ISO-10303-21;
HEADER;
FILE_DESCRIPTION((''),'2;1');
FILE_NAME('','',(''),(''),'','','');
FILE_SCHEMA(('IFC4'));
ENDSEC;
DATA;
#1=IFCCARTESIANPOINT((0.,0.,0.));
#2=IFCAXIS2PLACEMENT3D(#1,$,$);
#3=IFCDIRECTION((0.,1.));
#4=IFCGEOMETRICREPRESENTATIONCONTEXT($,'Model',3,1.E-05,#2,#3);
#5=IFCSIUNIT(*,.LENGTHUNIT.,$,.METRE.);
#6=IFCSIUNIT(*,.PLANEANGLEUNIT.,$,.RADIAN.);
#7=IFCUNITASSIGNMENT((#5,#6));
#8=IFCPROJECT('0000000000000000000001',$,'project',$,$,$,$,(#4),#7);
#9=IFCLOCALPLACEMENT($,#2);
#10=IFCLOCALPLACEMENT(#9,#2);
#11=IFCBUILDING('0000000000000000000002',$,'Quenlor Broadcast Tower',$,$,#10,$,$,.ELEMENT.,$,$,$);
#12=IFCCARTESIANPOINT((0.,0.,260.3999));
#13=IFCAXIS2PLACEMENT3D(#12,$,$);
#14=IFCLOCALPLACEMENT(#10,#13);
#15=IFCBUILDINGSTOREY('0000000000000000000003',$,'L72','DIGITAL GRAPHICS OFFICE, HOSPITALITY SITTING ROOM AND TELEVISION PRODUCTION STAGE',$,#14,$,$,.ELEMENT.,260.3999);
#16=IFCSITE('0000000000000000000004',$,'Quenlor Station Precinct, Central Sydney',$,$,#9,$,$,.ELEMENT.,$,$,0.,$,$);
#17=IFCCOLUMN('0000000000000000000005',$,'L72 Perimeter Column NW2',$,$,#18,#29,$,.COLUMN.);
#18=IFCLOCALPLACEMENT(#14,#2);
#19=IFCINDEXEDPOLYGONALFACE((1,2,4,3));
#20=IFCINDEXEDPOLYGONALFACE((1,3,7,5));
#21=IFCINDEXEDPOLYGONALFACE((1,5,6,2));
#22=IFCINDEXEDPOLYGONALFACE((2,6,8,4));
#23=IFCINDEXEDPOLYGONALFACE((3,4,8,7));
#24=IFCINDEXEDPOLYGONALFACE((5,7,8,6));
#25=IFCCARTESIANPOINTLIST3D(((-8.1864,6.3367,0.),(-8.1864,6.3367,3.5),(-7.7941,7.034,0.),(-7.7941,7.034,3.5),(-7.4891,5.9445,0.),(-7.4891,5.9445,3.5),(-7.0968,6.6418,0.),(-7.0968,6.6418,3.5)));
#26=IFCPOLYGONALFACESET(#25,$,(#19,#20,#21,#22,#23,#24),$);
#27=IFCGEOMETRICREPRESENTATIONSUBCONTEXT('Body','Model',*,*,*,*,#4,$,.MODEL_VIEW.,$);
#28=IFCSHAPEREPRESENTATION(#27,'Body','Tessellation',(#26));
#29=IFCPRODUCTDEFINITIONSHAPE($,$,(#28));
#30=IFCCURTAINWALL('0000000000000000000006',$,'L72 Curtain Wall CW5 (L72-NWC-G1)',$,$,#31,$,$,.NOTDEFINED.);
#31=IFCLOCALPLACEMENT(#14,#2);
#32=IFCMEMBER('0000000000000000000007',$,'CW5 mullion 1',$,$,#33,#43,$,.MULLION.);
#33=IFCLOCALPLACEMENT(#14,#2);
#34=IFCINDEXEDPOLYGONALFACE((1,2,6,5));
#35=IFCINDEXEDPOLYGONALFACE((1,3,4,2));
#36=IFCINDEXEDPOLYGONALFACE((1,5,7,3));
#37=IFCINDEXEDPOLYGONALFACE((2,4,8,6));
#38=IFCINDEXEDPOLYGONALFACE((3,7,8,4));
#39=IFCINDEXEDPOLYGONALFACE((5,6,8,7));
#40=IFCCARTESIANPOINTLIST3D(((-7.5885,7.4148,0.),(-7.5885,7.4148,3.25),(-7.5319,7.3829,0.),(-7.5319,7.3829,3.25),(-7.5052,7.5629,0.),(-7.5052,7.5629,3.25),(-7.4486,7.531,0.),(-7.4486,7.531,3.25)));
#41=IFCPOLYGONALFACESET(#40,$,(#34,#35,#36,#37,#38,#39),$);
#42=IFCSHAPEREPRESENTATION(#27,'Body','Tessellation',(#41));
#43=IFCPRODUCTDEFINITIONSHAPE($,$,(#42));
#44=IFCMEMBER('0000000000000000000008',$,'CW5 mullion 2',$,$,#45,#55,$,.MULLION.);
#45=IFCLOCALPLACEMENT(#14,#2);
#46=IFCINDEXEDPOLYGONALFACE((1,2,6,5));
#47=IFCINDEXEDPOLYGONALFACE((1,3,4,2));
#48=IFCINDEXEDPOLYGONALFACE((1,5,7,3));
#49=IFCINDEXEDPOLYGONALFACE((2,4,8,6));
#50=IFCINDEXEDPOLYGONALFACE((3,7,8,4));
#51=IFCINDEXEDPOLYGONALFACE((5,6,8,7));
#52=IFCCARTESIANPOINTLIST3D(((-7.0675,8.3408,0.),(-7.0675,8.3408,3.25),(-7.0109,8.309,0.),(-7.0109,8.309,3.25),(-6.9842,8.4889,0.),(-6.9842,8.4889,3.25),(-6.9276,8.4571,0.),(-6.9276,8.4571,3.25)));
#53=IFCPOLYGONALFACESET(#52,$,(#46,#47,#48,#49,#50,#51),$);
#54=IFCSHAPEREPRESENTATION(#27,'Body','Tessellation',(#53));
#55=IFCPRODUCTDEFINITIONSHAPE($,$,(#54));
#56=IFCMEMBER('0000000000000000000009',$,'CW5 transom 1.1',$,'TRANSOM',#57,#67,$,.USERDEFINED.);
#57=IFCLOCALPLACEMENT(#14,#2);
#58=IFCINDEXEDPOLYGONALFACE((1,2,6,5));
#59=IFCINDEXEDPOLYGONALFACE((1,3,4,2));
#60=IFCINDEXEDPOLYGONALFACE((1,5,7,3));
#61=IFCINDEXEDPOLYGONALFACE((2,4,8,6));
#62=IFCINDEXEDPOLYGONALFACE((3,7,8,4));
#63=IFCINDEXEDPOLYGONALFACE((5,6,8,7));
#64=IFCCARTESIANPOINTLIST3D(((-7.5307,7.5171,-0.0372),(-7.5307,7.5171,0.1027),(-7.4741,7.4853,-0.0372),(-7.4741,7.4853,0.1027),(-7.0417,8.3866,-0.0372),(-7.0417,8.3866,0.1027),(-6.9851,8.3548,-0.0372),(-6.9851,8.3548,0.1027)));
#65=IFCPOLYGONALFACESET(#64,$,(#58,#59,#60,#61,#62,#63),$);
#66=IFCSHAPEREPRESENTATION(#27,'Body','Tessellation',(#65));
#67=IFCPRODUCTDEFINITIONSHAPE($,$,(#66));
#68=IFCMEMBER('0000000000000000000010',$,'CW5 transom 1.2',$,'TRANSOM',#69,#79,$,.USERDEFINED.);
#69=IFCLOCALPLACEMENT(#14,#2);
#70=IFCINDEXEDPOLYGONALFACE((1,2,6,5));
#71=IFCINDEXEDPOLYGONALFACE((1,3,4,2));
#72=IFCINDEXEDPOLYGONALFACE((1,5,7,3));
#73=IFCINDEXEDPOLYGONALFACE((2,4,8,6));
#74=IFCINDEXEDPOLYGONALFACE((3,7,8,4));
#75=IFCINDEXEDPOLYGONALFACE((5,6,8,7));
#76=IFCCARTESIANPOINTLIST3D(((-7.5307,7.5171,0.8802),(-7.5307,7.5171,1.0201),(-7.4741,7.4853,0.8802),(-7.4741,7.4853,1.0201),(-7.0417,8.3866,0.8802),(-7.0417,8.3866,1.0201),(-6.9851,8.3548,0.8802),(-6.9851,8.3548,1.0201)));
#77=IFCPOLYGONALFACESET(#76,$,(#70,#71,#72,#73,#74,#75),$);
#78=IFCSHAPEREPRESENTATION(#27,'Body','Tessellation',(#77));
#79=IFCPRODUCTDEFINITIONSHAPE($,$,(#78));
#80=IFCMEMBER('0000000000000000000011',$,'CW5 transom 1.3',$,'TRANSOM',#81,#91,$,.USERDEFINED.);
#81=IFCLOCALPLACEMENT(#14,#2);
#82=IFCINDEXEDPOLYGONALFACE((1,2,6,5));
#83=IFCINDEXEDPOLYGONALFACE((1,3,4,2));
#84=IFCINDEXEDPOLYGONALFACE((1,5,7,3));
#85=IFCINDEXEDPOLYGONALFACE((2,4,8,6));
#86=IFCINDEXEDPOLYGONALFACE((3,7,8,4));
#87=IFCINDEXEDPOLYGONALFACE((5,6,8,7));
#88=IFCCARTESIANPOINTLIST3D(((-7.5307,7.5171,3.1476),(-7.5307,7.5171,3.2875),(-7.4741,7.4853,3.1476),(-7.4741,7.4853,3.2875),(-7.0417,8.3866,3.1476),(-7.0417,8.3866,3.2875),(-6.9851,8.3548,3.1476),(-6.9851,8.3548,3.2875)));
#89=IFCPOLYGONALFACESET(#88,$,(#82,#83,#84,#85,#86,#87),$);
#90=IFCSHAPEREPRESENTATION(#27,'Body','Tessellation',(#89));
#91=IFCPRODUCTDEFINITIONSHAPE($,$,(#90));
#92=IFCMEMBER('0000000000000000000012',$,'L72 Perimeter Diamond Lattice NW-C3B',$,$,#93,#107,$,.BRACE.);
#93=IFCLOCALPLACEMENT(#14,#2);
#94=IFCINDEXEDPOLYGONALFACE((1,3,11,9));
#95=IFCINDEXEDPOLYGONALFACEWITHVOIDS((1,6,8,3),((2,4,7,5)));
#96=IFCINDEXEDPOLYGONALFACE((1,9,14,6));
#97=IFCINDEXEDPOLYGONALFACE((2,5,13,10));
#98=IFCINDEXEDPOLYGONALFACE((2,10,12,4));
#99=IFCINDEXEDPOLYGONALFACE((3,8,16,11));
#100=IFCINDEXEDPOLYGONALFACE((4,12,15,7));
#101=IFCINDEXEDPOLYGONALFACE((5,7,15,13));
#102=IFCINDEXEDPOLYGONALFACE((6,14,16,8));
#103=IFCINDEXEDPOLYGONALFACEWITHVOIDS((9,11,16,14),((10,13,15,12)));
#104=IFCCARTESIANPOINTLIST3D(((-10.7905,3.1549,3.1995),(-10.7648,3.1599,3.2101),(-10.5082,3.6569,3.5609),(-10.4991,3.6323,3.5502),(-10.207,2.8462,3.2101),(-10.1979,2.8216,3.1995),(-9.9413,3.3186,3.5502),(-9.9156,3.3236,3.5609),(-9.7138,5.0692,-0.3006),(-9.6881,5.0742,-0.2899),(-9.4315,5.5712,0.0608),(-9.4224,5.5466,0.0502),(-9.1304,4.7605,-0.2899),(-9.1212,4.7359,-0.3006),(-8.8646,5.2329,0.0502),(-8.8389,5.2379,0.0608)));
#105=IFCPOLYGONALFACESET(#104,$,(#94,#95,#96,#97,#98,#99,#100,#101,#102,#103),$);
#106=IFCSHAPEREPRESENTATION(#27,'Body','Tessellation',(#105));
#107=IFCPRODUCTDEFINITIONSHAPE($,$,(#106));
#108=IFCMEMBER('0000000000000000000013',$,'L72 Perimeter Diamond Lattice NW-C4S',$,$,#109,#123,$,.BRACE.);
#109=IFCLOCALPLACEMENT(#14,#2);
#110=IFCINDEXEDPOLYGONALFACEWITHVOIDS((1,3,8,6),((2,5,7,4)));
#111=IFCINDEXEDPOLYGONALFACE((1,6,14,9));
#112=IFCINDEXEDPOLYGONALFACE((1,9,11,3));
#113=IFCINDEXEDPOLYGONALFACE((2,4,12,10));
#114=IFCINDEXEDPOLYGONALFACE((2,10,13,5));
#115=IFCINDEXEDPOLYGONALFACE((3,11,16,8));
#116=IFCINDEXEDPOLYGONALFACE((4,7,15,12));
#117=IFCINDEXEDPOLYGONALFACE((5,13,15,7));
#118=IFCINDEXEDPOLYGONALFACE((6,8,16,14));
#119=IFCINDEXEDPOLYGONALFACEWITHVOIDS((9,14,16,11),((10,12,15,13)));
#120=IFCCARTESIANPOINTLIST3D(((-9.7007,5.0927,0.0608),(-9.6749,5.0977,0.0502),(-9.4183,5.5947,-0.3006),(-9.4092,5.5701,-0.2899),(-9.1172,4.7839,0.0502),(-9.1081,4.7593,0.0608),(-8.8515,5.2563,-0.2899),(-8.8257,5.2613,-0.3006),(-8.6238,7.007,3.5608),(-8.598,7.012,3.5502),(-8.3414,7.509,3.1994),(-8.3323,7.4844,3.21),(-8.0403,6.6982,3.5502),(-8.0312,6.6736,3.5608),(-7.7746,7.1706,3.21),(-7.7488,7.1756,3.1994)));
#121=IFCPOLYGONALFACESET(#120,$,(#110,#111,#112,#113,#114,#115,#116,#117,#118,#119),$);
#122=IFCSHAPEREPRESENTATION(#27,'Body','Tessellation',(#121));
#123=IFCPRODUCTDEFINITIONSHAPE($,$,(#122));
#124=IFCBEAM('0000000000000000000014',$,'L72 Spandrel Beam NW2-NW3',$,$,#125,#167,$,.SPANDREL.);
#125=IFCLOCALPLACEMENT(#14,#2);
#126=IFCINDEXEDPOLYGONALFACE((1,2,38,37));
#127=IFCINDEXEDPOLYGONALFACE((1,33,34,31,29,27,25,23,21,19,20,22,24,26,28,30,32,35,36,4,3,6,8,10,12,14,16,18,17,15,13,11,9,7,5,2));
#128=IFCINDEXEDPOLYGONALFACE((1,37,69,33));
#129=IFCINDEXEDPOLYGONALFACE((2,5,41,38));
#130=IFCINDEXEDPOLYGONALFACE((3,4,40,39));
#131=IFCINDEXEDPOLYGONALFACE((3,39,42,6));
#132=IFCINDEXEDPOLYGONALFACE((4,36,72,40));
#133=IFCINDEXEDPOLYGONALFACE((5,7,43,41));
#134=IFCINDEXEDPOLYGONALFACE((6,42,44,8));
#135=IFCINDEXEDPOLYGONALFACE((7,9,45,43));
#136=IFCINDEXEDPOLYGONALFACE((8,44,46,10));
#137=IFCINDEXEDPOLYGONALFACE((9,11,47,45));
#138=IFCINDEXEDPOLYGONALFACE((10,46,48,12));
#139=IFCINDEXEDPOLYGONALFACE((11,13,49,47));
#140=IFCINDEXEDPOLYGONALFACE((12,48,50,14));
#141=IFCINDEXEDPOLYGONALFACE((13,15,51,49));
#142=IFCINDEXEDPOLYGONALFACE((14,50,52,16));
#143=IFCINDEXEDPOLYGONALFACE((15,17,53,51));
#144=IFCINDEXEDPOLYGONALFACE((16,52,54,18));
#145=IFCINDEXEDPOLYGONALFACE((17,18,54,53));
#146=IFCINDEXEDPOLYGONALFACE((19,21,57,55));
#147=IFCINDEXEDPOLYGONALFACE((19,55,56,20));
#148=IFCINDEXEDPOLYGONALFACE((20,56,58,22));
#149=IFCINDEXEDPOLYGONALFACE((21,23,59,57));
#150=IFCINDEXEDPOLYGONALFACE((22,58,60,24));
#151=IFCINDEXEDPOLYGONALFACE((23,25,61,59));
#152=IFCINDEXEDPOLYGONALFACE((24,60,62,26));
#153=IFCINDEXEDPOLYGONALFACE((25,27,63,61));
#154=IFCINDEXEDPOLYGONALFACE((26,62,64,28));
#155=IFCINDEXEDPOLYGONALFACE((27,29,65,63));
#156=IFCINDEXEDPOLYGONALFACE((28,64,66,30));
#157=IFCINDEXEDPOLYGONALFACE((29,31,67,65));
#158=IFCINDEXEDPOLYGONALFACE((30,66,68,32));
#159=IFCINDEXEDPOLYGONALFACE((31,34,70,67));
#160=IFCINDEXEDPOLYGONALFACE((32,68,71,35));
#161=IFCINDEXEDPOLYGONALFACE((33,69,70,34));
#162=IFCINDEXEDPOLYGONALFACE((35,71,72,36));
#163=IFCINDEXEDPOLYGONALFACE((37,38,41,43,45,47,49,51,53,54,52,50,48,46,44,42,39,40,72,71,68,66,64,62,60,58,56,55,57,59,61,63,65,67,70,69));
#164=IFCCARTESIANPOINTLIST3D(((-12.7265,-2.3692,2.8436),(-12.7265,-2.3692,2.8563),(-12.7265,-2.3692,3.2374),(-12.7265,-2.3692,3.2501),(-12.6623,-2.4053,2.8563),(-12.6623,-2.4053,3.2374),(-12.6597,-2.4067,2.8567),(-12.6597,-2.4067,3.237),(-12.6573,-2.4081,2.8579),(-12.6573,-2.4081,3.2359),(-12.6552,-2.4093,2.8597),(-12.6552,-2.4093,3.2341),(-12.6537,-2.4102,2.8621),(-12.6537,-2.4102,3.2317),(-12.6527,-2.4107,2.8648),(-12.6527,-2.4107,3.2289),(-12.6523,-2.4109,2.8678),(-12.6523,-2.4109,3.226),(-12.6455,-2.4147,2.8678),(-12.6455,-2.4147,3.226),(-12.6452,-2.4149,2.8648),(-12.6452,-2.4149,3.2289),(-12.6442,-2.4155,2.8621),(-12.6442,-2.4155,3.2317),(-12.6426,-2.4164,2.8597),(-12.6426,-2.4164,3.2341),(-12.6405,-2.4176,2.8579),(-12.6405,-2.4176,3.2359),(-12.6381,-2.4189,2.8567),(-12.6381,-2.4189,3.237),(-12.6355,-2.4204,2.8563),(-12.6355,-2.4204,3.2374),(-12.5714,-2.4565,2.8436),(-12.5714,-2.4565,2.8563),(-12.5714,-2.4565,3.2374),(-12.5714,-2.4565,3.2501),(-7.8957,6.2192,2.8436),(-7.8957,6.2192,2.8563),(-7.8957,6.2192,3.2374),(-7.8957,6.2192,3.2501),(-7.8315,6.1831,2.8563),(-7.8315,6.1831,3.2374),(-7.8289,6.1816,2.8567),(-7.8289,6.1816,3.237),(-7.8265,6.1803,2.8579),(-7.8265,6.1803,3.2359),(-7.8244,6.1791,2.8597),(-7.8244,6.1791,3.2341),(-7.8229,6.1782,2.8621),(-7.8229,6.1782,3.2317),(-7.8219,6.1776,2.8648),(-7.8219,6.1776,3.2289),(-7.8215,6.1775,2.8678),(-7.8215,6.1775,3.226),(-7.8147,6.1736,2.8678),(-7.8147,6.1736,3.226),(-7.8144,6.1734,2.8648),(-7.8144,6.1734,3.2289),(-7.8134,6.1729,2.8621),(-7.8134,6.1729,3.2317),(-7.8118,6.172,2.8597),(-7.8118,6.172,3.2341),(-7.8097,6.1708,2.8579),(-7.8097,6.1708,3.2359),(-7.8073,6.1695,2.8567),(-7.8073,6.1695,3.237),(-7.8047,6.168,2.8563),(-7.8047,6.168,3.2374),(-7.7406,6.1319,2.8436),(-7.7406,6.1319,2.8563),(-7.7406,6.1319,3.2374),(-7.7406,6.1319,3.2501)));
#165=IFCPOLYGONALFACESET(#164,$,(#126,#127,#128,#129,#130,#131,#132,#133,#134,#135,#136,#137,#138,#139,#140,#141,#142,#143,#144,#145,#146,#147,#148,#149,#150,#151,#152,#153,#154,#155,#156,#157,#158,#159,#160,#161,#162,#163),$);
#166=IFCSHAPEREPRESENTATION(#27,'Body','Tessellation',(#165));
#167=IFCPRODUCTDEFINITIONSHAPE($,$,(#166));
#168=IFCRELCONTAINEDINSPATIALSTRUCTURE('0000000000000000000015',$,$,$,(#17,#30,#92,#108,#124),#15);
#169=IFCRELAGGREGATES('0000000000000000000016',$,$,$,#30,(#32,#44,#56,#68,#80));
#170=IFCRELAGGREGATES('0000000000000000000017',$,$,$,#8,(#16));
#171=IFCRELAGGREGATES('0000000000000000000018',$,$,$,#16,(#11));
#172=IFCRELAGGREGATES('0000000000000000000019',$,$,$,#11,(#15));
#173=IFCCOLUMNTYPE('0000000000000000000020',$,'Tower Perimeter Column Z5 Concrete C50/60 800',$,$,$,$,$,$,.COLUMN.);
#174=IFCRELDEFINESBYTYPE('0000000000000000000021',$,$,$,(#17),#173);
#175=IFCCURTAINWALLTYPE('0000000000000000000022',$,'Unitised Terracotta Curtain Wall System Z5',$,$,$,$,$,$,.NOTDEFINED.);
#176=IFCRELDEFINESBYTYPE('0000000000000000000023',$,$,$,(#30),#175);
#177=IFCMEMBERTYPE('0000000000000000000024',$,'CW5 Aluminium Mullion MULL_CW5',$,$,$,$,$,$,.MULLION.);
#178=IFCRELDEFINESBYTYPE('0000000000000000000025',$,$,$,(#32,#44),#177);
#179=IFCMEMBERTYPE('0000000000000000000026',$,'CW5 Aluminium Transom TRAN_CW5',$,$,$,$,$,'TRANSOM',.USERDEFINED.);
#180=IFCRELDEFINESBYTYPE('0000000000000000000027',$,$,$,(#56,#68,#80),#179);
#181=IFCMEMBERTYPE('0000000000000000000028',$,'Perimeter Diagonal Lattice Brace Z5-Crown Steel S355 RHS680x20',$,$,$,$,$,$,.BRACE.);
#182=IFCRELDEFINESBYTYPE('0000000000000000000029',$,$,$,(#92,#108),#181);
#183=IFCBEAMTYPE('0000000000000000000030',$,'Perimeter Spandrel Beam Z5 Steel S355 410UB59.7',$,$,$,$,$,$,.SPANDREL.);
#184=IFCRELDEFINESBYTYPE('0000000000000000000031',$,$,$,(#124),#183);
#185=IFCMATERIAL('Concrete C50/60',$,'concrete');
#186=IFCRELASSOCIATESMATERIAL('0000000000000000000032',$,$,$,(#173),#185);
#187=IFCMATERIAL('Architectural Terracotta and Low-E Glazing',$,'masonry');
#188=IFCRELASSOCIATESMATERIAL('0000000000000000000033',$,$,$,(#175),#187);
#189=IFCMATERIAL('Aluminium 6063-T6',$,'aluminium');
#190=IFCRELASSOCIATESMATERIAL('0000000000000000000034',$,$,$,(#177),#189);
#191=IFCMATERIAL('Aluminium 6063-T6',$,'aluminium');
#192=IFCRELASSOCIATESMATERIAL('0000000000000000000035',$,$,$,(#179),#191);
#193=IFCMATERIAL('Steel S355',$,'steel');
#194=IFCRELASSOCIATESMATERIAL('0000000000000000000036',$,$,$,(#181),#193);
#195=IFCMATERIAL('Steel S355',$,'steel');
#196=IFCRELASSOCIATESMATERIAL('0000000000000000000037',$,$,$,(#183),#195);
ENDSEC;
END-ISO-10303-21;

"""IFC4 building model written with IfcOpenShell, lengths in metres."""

from ifc_helpers import new_model, si_unit, direction, frame, origin, origin_2d, place, context, subcontext, project, spatial, rectangle, hollow_rectangle, i_section, extrude, material, material_profile, profile_set, type_object, element, aggregate, save


model = new_model("IFC4")

# Units and contexts
model_context = context("Model", 3, precision=1e-05, world=origin(), true_north=direction((0.0, 1.0)))
body_context = subcontext(model_context, "Body", "Model", "MODEL_VIEW")
ifc_project = project(units=[si_unit("LENGTHUNIT", "METRE"), si_unit("PLANEANGLEUNIT", "RADIAN")], contexts=[model_context])

# Site, building, storey
site_placement = place(None, origin())
site = spatial("IfcSite", under=ifc_project, at=site_placement, Name="Quenlor Station Precinct, Central Sydney", CompositionType="ELEMENT", RefElevation=0.0)
building_placement = place(site_placement, origin())
building = spatial("IfcBuilding", under=site, at=building_placement, Name="Quenlor Broadcast Tower", CompositionType="ELEMENT")
storey_placement = place(building_placement, frame((0.0, 0.0, 260.3999)))
storey = spatial("IfcBuildingStorey", under=building, at=storey_placement, Name="L72", Description="DIGITAL GRAPHICS OFFICE, HOSPITALITY SITTING ROOM AND TELEVISION PRODUCTION STAGE", CompositionType="ELEMENT", Elevation=260.3999)

# Column
ifc_material_1 = material(Name="Concrete C50/60", Category="concrete")
ifc_material_profile_1 = material_profile(ifc_material_1, rectangle(XDim=0.8, YDim=0.8, at=origin_2d()))
ifc_profile_set_1 = profile_set([ifc_material_profile_1], Name="Concrete C50/60 RC800x800")
column_type = type_object("IfcColumnType", Name="Tower Perimeter Column Z5 Concrete C50/60 800", PredefinedType="COLUMN", material=ifc_profile_set_1)
column_placement = place(storey_placement, frame((-7.6416, 6.4893, 0.0), z_axis=(0.0, 0.0, 1.0), x_axis=(-0.871575, 0.490262, 0.0)))
element("IfcColumn", 1, at=column_placement, inside=storey, type_object=column_type, Name="L72 Perimeter Column NW2", PredefinedType="COLUMN", context=body_context, shape_type="SweptSolid", body=[
    extrude(rectangle(XDim=0.8, YDim=0.8, at=origin_2d()), origin(), (0.0, 0.0, 1.0), 3.5),
])

# Curtain wall, members
ifc_material_2 = material(Name="Architectural Terracotta and Low-E Glazing", Category="masonry")
curtain_wall_type = type_object("IfcCurtainWallType", Name="Unitised Terracotta Curtain Wall System Z5", PredefinedType="NOTDEFINED", material=ifc_material_2)
curtain_wall_placement = place(storey_placement, origin())
curtain_wall = element("IfcCurtainWall", 2, at=curtain_wall_placement, inside=storey, type_object=curtain_wall_type, Name="L72 Curtain Wall CW5 (L72-NWC-G1)", PredefinedType="NOTDEFINED")
ifc_material_3 = material(Name="Aluminium 6063-T6", Category="aluminium")
ifc_material_profile_2 = material_profile(ifc_material_3, rectangle(XDim=0.0649, YDim=0.1699, at=origin_2d()))
ifc_profile_set_2 = profile_set([ifc_material_profile_2], Name="Aluminium 6063-T6 MULL65x170")
member_type_1 = type_object("IfcMemberType", Name="CW5 Aluminium Mullion MULL_CW5", PredefinedType="MULLION", material=ifc_profile_set_2)
member_1_placement = place(storey_placement, frame((-7.5186, 7.4729, 0.0), z_axis=(0.0, 0.0, 1.0), x_axis=(-0.871564, 0.490282, 0.0)))
member_1 = element("IfcMember", 3, at=member_1_placement, type_object=member_type_1, Name="CW5 mullion 1", PredefinedType="MULLION", context=body_context, shape_type="SweptSolid", body=[
    extrude(rectangle(XDim=0.0649, YDim=0.1699, at=origin_2d()), origin(), (0.0, 0.0, 1.0), 3.25),
])
member_2_placement = place(storey_placement, frame((-6.9976, 8.3989, 0.0), z_axis=(0.0, 0.0, 1.0), x_axis=(-0.871564, 0.490282, 0.0)))
member_2 = element("IfcMember", 4, at=member_2_placement, type_object=member_type_1, Name="CW5 mullion 2", PredefinedType="MULLION", context=body_context, shape_type="SweptSolid", body=[
    extrude(rectangle(XDim=0.0649, YDim=0.1699, at=origin_2d()), origin(), (0.0, 0.0, 1.0), 3.25),
])
ifc_material_4 = material(Name="Aluminium 6063-T6", Category="aluminium")
ifc_material_profile_3 = material_profile(ifc_material_4, rectangle(XDim=0.0649, YDim=0.1399, at=origin_2d()))
ifc_profile_set_3 = profile_set([ifc_material_profile_3], Name="Aluminium 6063-T6 TRAN65x140")
member_type_2 = type_object("IfcMemberType", Name="CW5 Aluminium Transom TRAN_CW5", ElementType="TRANSOM", PredefinedType="USERDEFINED", material=ifc_profile_set_3)
member_3_placement = place(storey_placement, frame((-7.5024, 7.5012, 0.0327), z_axis=(0.49025, 0.871582, 0.0), x_axis=(-0.871582, 0.49025, 0.0)))
member_3 = element("IfcMember", 5, at=member_3_placement, type_object=member_type_2, Name="CW5 transom 1.1", ObjectType="TRANSOM", PredefinedType="USERDEFINED", context=body_context, shape_type="SweptSolid", body=[
    extrude(rectangle(XDim=0.0649, YDim=0.1399, at=origin_2d()), origin(), (0.0, 0.0, 1.0), 0.9976),
])
member_4_placement = place(storey_placement, frame((-7.5024, 7.5012, 0.9502), z_axis=(0.49025, 0.871582, 0.0), x_axis=(-0.871582, 0.49025, 0.0)))
member_4 = element("IfcMember", 6, at=member_4_placement, type_object=member_type_2, Name="CW5 transom 1.2", ObjectType="TRANSOM", PredefinedType="USERDEFINED", context=body_context, shape_type="SweptSolid", body=[
    extrude(rectangle(XDim=0.0649, YDim=0.1399, at=origin_2d()), origin(), (0.0, 0.0, 1.0), 0.9976),
])
member_5_placement = place(storey_placement, frame((-7.5024, 7.5012, 3.2175), z_axis=(0.49025, 0.871582, 0.0), x_axis=(-0.871582, 0.49025, 0.0)))
member_5 = element("IfcMember", 7, at=member_5_placement, type_object=member_type_2, Name="CW5 transom 1.3", ObjectType="TRANSOM", PredefinedType="USERDEFINED", context=body_context, shape_type="SweptSolid", body=[
    extrude(rectangle(XDim=0.0649, YDim=0.1399, at=origin_2d()), origin(), (0.0, 0.0, 1.0), 0.9976),
])

# Members
ifc_material_5 = material(Name="Steel S355", Category="steel")
ifc_material_profile_4 = material_profile(ifc_material_5, hollow_rectangle(XDim=0.6799, YDim=0.6799, WallThickness=0.02, at=origin_2d()))
ifc_profile_set_4 = profile_set([ifc_material_profile_4], Name="Steel S355 RHS680x680x20")
member_type_3 = type_object("IfcMemberType", Name="Perimeter Diagonal Lattice Brace Z5-Crown Steel S355 RHS680x20", PredefinedType="BRACE", material=ifc_profile_set_4)
for number, where, z_axis, x_axis, name in (
    (8, (-9.2764, 5.1536, -0.1199), (-0.260564, -0.463283, 0.847039), (0.871602, -0.490214, 0.0), "L72 Perimeter Diamond Lattice NW-C3B"),
    (9, (-9.2632, 5.177, -0.1199), (0.260619, 0.463276, 0.847026), (-0.871555, 0.490298, 0.0), "L72 Perimeter Diamond Lattice NW-C4S"),
):
    element("IfcMember", number, at=place(storey_placement, frame(where, z_axis=z_axis, x_axis=x_axis)), inside=storey, type_object=member_type_3, Name=name, PredefinedType="BRACE", context=body_context, shape_type="SweptSolid", body=[
        extrude(hollow_rectangle(XDim=0.6799, YDim=0.6799, WallThickness=0.02, at=origin_2d()), origin(), (0.0, 0.0, 1.0), 4.1321),
    ])

# Beam
ifc_material_6 = material(Name="Steel S355", Category="steel")
ifc_material_profile_5 = material_profile(ifc_material_6, i_section(OverallWidth=0.178, OverallDepth=0.4065, WebThickness=0.0078, FlangeThickness=0.0127, FilletRadius=0.0115, at=origin_2d()))
ifc_profile_set_5 = profile_set([ifc_material_profile_5], Name="Steel S355 410UB59.7")
beam_type_1 = type_object("IfcBeamType", Name="Perimeter Spandrel Beam Z5 Steel S355 410UB59.7", PredefinedType="SPANDREL", material=ifc_profile_set_5)
beam_1_placement = place(storey_placement, frame((-7.8181, 6.1755, 3.0469), z_axis=(-0.490249, -0.871582, 0.0), x_axis=(0.871582, -0.490249, 0.0)))
element("IfcBeam", 10, at=beam_1_placement, inside=storey, type_object=beam_type_1, Name="L72 Spandrel Beam NW2-NW3", PredefinedType="SPANDREL", context=body_context, shape_type="SweptSolid", body=[
    extrude(i_section(OverallWidth=0.178, OverallDepth=0.4065, WebThickness=0.0078, FlangeThickness=0.0127, FilletRadius=0.0115, at=origin_2d()), origin(), (0.0, 0.0, 1.0), 9.8538),
])

aggregate(curtain_wall, [member_1, member_2, member_3, member_4, member_5])

save(model, "model.ifc")
